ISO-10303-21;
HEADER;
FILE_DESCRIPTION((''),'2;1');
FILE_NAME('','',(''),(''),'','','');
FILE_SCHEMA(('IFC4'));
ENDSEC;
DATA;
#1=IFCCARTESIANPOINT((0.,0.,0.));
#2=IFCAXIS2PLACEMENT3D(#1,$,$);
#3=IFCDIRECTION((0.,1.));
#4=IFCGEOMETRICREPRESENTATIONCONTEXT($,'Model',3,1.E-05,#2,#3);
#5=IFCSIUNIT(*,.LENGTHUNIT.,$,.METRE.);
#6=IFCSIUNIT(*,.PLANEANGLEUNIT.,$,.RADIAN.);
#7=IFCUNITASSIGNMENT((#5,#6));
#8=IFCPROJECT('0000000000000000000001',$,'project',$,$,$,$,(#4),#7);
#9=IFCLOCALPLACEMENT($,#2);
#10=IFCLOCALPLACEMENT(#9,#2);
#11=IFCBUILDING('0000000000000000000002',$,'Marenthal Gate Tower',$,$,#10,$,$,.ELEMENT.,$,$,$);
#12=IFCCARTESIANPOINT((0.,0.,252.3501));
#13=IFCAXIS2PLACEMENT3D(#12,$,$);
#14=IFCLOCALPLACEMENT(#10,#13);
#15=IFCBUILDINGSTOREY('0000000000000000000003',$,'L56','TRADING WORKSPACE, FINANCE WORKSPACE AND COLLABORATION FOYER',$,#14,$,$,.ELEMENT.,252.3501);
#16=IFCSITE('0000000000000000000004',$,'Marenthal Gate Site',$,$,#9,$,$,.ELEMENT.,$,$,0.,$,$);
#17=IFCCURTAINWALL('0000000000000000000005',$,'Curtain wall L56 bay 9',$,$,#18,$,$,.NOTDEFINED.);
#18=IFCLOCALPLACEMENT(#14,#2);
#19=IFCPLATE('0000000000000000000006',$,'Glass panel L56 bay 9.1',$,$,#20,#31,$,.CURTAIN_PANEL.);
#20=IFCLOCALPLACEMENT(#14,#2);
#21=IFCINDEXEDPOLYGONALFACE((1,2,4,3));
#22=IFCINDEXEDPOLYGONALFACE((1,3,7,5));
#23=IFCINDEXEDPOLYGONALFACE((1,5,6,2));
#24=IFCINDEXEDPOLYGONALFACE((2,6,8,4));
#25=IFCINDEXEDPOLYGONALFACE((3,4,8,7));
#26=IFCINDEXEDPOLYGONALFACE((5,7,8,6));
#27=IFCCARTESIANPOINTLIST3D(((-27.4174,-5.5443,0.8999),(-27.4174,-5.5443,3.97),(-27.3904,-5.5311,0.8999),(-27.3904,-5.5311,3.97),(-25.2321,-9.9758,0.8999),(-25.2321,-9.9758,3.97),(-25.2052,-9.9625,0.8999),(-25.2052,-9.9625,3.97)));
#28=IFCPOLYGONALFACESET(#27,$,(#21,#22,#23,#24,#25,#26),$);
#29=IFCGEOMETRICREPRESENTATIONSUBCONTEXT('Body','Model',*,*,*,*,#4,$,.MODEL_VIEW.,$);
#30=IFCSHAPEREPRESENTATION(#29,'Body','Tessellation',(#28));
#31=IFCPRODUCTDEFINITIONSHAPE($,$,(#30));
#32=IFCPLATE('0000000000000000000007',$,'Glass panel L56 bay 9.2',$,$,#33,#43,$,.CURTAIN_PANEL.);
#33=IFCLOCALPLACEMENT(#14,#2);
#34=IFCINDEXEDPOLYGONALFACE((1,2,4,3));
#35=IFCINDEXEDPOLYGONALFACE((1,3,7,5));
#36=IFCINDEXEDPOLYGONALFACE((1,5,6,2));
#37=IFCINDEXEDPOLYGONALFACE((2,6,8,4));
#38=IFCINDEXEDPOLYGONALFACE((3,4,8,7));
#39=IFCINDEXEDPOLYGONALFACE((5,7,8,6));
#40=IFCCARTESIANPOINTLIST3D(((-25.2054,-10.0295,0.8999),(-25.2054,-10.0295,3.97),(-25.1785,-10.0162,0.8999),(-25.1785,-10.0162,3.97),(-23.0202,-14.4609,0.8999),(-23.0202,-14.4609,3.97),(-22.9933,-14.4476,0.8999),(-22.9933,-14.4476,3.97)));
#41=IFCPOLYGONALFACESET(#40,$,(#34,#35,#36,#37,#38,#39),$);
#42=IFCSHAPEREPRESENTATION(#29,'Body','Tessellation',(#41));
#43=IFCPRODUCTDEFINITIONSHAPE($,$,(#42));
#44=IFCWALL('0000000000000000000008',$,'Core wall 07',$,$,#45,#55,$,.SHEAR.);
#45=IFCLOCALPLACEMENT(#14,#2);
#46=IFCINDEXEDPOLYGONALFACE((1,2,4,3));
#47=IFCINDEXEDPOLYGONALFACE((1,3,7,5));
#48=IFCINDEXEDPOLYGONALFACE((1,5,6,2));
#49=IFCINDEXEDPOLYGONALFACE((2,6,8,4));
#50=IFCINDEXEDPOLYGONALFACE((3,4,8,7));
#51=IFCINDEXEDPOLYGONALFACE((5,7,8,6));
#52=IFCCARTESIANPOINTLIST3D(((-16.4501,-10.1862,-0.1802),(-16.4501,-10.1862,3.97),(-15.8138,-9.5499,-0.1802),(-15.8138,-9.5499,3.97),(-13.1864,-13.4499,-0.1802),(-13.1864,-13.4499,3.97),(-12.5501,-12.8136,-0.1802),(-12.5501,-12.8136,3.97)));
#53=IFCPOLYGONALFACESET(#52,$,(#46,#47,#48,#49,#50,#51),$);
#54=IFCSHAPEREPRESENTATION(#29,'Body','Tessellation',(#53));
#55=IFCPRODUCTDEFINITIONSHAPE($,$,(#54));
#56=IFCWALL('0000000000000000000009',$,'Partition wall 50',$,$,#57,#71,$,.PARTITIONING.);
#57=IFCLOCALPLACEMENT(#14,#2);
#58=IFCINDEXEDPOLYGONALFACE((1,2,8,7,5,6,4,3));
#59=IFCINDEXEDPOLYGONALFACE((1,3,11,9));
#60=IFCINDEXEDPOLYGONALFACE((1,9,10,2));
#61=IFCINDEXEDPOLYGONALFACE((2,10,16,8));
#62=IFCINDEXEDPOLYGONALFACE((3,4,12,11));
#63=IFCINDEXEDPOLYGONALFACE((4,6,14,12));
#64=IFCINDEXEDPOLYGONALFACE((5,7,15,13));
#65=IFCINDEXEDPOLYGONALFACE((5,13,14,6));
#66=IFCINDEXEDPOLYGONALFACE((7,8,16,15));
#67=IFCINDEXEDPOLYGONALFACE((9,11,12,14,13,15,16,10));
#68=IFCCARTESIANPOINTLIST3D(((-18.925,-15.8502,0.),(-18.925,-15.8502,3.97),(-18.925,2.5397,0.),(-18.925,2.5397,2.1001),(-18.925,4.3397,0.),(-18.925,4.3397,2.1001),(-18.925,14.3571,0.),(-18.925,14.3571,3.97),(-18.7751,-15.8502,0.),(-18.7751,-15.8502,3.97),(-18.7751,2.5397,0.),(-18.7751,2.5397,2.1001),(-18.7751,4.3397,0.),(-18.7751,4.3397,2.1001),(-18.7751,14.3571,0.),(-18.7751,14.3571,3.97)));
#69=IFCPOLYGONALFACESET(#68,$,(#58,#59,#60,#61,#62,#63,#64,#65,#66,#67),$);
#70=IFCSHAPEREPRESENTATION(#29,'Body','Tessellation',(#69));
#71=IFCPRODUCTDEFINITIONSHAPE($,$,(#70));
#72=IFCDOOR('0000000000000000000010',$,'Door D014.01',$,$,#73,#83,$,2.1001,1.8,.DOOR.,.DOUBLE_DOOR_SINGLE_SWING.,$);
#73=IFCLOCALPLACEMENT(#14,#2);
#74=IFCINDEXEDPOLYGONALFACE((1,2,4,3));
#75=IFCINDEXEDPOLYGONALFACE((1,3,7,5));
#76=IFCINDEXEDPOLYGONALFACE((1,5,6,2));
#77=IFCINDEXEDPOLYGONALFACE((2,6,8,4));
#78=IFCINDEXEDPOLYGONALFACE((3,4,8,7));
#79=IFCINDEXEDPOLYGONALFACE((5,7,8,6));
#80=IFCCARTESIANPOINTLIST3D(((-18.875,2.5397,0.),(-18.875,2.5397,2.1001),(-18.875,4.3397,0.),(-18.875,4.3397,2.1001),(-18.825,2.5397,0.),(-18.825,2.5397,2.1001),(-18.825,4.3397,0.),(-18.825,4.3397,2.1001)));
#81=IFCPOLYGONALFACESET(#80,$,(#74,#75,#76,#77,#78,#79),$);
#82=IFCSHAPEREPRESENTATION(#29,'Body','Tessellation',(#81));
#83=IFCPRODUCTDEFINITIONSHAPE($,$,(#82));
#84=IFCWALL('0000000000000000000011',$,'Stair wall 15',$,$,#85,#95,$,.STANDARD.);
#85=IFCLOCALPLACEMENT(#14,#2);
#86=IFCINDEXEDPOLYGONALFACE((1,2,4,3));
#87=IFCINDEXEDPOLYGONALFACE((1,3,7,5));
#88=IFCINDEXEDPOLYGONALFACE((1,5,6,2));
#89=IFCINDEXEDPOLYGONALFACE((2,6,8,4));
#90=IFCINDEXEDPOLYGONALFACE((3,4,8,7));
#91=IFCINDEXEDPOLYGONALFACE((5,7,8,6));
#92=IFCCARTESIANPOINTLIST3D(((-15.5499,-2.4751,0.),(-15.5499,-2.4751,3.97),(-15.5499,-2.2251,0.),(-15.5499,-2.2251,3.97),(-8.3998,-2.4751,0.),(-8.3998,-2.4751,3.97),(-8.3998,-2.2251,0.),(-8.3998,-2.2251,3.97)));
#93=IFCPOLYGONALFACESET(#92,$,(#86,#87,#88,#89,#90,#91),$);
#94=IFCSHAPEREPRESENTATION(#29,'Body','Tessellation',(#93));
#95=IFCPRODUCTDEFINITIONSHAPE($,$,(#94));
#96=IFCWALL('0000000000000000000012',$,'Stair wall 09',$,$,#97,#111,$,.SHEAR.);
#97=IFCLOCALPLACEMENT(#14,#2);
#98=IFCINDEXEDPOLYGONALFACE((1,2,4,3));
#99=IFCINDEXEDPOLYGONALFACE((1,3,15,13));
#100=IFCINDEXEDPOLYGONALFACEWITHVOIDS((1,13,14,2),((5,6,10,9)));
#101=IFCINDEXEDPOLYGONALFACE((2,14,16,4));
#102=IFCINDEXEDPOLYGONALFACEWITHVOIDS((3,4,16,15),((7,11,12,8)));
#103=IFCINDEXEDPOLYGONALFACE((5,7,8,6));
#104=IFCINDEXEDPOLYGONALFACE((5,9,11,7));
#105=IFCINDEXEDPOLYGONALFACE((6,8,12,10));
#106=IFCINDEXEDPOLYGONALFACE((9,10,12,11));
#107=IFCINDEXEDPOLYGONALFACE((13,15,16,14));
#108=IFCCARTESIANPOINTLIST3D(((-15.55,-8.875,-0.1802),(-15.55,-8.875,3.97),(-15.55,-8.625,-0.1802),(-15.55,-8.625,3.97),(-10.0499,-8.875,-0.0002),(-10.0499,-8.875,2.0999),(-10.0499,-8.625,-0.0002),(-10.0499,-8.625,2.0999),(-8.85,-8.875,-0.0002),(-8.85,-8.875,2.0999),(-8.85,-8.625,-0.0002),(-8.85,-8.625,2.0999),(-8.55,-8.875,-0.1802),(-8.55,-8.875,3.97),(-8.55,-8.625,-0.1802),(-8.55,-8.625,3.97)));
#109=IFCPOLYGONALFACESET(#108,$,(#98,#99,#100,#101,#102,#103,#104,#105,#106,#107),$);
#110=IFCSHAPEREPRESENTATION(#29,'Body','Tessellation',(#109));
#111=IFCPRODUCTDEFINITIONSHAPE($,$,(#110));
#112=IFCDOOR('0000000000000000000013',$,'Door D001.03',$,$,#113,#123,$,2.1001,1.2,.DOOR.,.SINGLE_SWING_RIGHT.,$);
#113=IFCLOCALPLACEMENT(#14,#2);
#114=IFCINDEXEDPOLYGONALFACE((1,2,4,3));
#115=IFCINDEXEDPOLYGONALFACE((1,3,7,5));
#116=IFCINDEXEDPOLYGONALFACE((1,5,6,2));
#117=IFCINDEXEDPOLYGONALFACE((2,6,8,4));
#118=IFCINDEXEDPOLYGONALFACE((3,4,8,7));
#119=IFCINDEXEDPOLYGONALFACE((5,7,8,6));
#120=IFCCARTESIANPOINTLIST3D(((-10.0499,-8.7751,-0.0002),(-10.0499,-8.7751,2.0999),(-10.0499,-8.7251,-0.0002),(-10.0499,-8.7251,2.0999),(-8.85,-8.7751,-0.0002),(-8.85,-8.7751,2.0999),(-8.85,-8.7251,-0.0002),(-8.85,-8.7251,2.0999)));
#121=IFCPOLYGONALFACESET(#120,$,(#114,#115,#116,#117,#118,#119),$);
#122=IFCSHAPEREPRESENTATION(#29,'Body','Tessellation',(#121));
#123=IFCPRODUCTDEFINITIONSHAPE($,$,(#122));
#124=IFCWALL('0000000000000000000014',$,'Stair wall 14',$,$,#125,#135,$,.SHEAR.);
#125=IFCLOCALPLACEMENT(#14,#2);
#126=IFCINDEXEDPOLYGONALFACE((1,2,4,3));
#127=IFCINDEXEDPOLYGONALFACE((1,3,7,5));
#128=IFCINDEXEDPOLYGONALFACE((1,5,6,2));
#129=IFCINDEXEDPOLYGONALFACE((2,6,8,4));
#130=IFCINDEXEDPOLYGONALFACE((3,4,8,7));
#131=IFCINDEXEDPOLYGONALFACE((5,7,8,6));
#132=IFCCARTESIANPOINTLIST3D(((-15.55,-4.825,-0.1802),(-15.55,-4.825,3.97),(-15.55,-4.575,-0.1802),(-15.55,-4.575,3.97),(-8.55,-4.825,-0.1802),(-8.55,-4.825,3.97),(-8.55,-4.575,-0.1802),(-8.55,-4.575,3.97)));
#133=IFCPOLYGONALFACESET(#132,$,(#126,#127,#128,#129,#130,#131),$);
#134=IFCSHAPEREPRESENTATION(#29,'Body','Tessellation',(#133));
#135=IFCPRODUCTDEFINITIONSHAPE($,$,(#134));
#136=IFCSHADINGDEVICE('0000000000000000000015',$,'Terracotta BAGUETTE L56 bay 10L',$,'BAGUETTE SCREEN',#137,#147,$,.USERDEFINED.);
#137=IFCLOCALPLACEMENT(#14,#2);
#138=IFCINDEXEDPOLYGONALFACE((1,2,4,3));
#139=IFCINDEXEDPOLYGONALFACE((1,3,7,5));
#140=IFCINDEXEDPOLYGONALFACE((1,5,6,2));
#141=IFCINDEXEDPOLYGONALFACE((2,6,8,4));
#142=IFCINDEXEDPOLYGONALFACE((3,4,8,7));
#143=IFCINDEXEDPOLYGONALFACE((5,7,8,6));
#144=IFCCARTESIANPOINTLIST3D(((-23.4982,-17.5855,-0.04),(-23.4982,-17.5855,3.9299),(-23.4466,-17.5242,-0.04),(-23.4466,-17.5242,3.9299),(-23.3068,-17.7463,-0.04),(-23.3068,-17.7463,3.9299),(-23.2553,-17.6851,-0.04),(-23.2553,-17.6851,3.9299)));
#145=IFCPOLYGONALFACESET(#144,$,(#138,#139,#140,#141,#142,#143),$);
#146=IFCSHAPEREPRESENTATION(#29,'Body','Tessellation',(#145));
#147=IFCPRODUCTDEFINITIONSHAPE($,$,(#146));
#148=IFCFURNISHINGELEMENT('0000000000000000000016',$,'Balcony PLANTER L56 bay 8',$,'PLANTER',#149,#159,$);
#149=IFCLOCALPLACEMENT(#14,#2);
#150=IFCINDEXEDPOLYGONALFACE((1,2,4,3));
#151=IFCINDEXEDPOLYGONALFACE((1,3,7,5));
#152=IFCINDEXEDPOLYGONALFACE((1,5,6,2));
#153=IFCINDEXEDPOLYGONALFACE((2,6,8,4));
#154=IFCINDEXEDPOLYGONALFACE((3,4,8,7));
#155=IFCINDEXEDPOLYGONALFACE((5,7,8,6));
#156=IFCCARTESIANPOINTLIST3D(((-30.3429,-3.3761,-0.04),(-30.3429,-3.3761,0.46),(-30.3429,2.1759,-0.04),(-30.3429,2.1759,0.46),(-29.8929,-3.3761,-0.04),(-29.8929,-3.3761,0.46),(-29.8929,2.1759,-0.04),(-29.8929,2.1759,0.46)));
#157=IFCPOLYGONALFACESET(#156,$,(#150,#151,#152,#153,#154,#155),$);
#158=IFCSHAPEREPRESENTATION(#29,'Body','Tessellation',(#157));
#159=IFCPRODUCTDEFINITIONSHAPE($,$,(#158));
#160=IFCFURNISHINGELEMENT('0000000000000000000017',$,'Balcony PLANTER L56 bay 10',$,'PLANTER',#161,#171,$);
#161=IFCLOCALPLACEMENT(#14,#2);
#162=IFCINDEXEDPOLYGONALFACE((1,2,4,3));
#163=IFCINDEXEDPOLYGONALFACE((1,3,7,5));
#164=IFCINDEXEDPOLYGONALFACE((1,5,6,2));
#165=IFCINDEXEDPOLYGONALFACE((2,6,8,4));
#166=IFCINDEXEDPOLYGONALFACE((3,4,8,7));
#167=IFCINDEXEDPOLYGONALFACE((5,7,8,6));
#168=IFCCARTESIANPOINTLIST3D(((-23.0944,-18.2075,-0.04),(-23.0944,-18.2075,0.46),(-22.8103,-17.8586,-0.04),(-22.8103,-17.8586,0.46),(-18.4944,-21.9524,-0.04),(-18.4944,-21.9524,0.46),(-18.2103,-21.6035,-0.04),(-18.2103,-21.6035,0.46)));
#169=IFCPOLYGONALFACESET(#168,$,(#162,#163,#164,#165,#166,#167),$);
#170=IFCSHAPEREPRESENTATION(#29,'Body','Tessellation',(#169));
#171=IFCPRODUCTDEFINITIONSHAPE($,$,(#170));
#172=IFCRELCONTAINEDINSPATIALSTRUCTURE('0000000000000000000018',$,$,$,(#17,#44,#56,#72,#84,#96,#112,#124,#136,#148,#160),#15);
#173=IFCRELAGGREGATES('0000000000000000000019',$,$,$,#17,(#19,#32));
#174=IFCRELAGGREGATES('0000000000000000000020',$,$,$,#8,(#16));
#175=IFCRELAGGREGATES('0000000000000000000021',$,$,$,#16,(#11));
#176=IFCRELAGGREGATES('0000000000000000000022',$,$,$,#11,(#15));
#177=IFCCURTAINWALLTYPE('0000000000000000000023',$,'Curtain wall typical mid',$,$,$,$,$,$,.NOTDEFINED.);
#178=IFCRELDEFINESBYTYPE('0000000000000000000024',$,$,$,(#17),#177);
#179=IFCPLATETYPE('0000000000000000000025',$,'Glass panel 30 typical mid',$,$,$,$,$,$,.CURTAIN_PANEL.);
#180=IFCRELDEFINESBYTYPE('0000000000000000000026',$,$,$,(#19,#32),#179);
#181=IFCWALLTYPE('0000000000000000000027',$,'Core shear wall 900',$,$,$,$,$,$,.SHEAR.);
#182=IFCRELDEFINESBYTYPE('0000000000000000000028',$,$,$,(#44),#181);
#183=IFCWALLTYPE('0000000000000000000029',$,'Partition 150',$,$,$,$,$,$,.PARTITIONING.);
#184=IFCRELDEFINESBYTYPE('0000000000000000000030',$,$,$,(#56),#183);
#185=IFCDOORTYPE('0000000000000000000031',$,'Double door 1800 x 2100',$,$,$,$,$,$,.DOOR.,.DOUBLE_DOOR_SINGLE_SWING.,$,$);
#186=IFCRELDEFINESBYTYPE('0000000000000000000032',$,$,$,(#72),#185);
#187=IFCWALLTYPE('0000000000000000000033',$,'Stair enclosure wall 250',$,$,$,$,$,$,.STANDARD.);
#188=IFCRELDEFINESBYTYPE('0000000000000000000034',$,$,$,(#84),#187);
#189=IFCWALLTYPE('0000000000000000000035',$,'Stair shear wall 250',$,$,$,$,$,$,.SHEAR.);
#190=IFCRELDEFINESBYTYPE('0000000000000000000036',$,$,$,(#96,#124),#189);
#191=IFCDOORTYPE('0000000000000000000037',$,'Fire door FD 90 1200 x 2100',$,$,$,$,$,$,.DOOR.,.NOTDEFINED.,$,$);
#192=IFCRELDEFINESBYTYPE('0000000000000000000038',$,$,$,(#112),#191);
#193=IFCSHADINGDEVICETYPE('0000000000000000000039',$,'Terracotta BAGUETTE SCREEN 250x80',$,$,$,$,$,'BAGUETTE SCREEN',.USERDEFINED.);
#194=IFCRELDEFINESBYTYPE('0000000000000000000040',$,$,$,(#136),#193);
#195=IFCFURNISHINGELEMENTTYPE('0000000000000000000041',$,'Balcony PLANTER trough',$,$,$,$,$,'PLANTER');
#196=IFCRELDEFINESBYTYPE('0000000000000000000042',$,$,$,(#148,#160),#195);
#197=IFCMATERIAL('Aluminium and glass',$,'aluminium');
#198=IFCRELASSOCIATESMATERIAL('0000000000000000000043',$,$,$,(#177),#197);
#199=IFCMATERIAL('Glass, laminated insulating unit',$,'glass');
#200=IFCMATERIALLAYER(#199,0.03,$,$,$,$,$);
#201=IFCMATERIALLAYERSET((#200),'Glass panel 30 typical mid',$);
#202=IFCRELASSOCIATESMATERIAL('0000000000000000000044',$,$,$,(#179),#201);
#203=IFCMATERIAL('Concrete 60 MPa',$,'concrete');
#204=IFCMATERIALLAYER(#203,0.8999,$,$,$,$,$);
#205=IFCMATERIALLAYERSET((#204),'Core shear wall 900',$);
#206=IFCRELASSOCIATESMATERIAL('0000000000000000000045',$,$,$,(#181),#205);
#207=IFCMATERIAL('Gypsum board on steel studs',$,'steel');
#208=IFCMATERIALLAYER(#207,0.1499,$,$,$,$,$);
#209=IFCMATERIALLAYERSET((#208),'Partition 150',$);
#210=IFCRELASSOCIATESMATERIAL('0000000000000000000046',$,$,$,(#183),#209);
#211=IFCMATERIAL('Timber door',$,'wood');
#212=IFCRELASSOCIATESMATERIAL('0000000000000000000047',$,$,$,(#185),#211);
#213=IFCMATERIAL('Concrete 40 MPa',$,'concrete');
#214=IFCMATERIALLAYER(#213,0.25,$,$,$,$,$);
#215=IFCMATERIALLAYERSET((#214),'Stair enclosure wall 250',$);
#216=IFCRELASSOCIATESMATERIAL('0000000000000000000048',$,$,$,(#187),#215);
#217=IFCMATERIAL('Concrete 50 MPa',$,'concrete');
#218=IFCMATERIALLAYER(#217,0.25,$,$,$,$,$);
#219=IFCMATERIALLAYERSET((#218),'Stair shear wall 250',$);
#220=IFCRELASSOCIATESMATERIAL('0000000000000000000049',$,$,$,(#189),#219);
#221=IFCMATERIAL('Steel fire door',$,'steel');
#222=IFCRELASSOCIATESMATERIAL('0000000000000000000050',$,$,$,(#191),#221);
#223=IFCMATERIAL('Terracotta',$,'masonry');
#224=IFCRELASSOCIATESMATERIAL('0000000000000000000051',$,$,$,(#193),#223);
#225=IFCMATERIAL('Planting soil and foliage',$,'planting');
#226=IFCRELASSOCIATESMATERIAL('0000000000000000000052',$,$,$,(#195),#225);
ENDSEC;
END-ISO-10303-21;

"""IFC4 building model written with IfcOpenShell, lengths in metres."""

from ifc_helpers import new_model, si_unit, direction, frame, frame_2d, origin, origin_2d, place, context, subcontext, project, spatial, rectangle, extrude, material, layer, layer_set, material_profile, profile_set, type_object, element, fill, aggregate, save


model = new_model("IFC4")

# Units and contexts
model_context = context("Model", 3, precision=1e-05, world=origin(), true_north=direction((0.0, 1.0)))
body_context = subcontext(model_context, "Body", "Model", "MODEL_VIEW")
ifc_project = project(units=[si_unit("LENGTHUNIT", "METRE"), si_unit("PLANEANGLEUNIT", "RADIAN")], contexts=[model_context])

# Site, building, storey
site_placement = place(None, origin())
site = spatial("IfcSite", under=ifc_project, at=site_placement, Name="Marenthal Gate Site", CompositionType="ELEMENT", RefElevation=0.0)
building_placement = place(site_placement, origin())
building = spatial("IfcBuilding", under=site, at=building_placement, Name="Marenthal Gate Tower", CompositionType="ELEMENT")
storey_placement = place(building_placement, frame((0.0, 0.0, 252.3501)))
storey = spatial("IfcBuildingStorey", under=building, at=storey_placement, Name="L56", Description="TRADING WORKSPACE, FINANCE WORKSPACE AND COLLABORATION FOYER", CompositionType="ELEMENT", Elevation=252.3501)

# Curtain wall
ifc_material_1 = material(Name="Aluminium and glass", Category="aluminium")
curtain_wall_type = type_object("IfcCurtainWallType", Name="Curtain wall typical mid", PredefinedType="NOTDEFINED", material=ifc_material_1)
curtain_wall_1_placement = place(storey_placement, origin())
curtain_wall_1 = element("IfcCurtainWall", 1, at=curtain_wall_1_placement, inside=storey, type_object=curtain_wall_type, Name="Curtain wall L56 bay 9", PredefinedType="NOTDEFINED")

# Plates
ifc_material_2 = material(Name="Glass, laminated insulating unit", Category="glass")
ifc_layer_1 = layer(ifc_material_2, 0.03)
ifc_layer_set_1 = layer_set([ifc_layer_1], Name="Glass panel 30 typical mid")
plate_type = type_object("IfcPlateType", Name="Glass panel 30 typical mid", PredefinedType="CURTAIN_PANEL", material=ifc_layer_set_1)
plate_1_placement = place(storey_placement, frame((-26.3113, -7.7534, 0.8999), z_axis=(0.0, 0.0, 1.0), x_axis=(0.442269, -0.896882, 0.0)))
plate_1 = element("IfcPlate", 2, at=plate_1_placement, type_object=plate_type, Name="Glass panel L56 bay 9.1", PredefinedType="CURTAIN_PANEL", context=body_context, shape_type="SweptSolid", body=[
    extrude(rectangle(XDim=4.9409, YDim=0.03, at=origin_2d()), origin(), (0.0, 0.0, 1.0), 3.0701),
])
plate_2_placement = place(storey_placement, frame((-24.0994, -12.2385, 0.8999), z_axis=(0.0, 0.0, 1.0), x_axis=(0.442269, -0.896882, 0.0)))
plate_2 = element("IfcPlate", 3, at=plate_2_placement, type_object=plate_type, Name="Glass panel L56 bay 9.2", PredefinedType="CURTAIN_PANEL", context=body_context, shape_type="SweptSolid", body=[
    extrude(rectangle(XDim=4.9409, YDim=0.03, at=origin_2d()), origin(), (0.0, 0.0, 1.0), 3.0701),
])
aggregate(curtain_wall_1, [plate_1, plate_2])

# Wall
ifc_material_3 = material(Name="Concrete 60 MPa", Category="concrete")
ifc_layer_2 = layer(ifc_material_3, 0.8999)
ifc_layer_set_2 = layer_set([ifc_layer_2], Name="Core shear wall 900")
wall_type_1 = type_object("IfcWallType", Name="Core shear wall 900", PredefinedType="SHEAR", material=ifc_layer_set_2)
wall_1_placement = place(storey_placement, frame((-16.1318, -9.8682, -0.1802), z_axis=(0.0, 0.0, 1.0), x_axis=(0.707107, -0.707107, 0.0)))
element("IfcWall", 4, at=wall_1_placement, inside=storey, type_object=wall_type_1, Name="Core wall 07", PredefinedType="SHEAR", context=body_context, shape_type="SweptSolid", body=[
    extrude(rectangle(XDim=4.6155, YDim=0.8999, at=frame_2d((2.3076, 0.0))), origin(), (0.0, 0.0, 1.0), 4.1501),
])

# Wall, opening, door
ifc_material_4 = material(Name="Gypsum board on steel studs", Category="steel")
ifc_layer_3 = layer(ifc_material_4, 0.1499)
ifc_layer_set_3 = layer_set([ifc_layer_3], Name="Partition 150")
wall_type_2 = type_object("IfcWallType", Name="Partition 150", PredefinedType="PARTITIONING", material=ifc_layer_set_3)
wall_2_placement = place(storey_placement, frame((-18.8501, -15.8501, 0.0), z_axis=(0.0, 0.0, 1.0), x_axis=(0.0, 1.0, 0.0)))
wall_2 = element("IfcWall", 5, at=wall_2_placement, inside=storey, type_object=wall_type_2, Name="Partition wall 50", PredefinedType="PARTITIONING", context=body_context, shape_type="SweptSolid", body=[
    extrude(rectangle(XDim=30.2073, YDim=0.1499, at=frame_2d((15.1035, 0.0))), origin(), (0.0, 0.0, 1.0), 3.97),
])
opening_1_placement = place(wall_2_placement, frame((18.3899, 0.0, 0.0)))
opening_1 = element("IfcOpeningElement", 6, at=opening_1_placement, cuts=wall_2, PredefinedType="OPENING", context=body_context, shape_type="SweptSolid", body=[
    extrude(rectangle(XDim=1.8, YDim=2.1001, at=frame_2d((0.8999, 1.05))), frame((0.0, 0.085, 0.0), z_axis=(0.0, -1.0, 0.0), x_axis=(1.0, 0.0, 0.0)), (0.0, 0.0, 1.0), 0.1699),
])
ifc_material_5 = material(Name="Timber door", Category="wood")
door_type_1 = type_object("IfcDoorType", Name="Double door 1800 x 2100", OperationType="DOUBLE_DOOR_SINGLE_SWING", PredefinedType="DOOR", material=ifc_material_5)
door_1_placement = place(opening_1_placement, origin())
door_1 = element("IfcDoor", 7, at=door_1_placement, inside=storey, type_object=door_type_1, Name="Door D014.01", OperationType="DOUBLE_DOOR_SINGLE_SWING", OverallHeight=2.1001, OverallWidth=1.8, PredefinedType="DOOR", context=body_context, shape_type="SweptSolid", body=[
    extrude(rectangle(XDim=1.8, YDim=2.1001, at=frame_2d((0.8999, 1.05))), frame((0.0, 0.0249, 0.0), z_axis=(0.0, -1.0, 0.0), x_axis=(1.0, 0.0, 0.0)), (0.0, 0.0, 1.0), 0.05),
])
fill(opening_1, door_1)

# Wall
ifc_material_6 = material(Name="Concrete 40 MPa", Category="concrete")
ifc_layer_4 = layer(ifc_material_6, 0.25)
ifc_layer_set_4 = layer_set([ifc_layer_4], Name="Stair enclosure wall 250")
wall_type_3 = type_object("IfcWallType", Name="Stair enclosure wall 250", PredefinedType="STANDARD", material=ifc_layer_set_4)
wall_3_placement = place(storey_placement, frame((-15.55, -2.3501, 0.0), z_axis=(0.0, 0.0, 1.0), x_axis=(1.0, 0.0, 0.0)))
element("IfcWall", 8, at=wall_3_placement, inside=storey, type_object=wall_type_3, Name="Stair wall 15", PredefinedType="STANDARD", context=body_context, shape_type="SweptSolid", body=[
    extrude(rectangle(XDim=7.1501, YDim=0.25, at=frame_2d((3.5752, 0.0))), origin(), (0.0, 0.0, 1.0), 3.97),
])

# Wall, opening, door
ifc_material_7 = material(Name="Concrete 50 MPa", Category="concrete")
ifc_layer_5 = layer(ifc_material_7, 0.25)
ifc_layer_set_5 = layer_set([ifc_layer_5], Name="Stair shear wall 250")
wall_type_4 = type_object("IfcWallType", Name="Stair shear wall 250", PredefinedType="SHEAR", material=ifc_layer_set_5)
wall_4_placement = place(storey_placement, frame((-15.55, -8.75, -0.1802), z_axis=(0.0, 0.0, 1.0), x_axis=(1.0, 0.0, 0.0)))
wall_4 = element("IfcWall", 9, at=wall_4_placement, inside=storey, type_object=wall_type_4, Name="Stair wall 09", PredefinedType="SHEAR", context=body_context, shape_type="SweptSolid", body=[
    extrude(rectangle(XDim=7.0, YDim=0.25, at=frame_2d((3.5, 0.0))), origin(), (0.0, 0.0, 1.0), 4.1501),
])
opening_2_placement = place(wall_4_placement, frame((5.5, 0.0, 0.1799)))
opening_2 = element("IfcOpeningElement", 10, at=opening_2_placement, cuts=wall_4, PredefinedType="OPENING", context=body_context, shape_type="SweptSolid", body=[
    extrude(rectangle(XDim=1.2, YDim=2.1001, at=frame_2d((0.6001, 1.05))), frame((0.0, 0.135, 0.0), z_axis=(0.0, -1.0, 0.0), x_axis=(1.0, 0.0, 0.0)), (0.0, 0.0, 1.0), 0.27),
])
ifc_material_8 = material(Name="Steel fire door", Category="steel")
door_type_2 = type_object("IfcDoorType", Name="Fire door FD 90 1200 x 2100", OperationType="NOTDEFINED", PredefinedType="DOOR", material=ifc_material_8)
door_2_placement = place(opening_2_placement, origin())
door_2 = element("IfcDoor", 11, at=door_2_placement, inside=storey, type_object=door_type_2, Name="Door D001.03", OperationType="SINGLE_SWING_RIGHT", OverallHeight=2.1001, OverallWidth=1.2, PredefinedType="DOOR", context=body_context, shape_type="SweptSolid", body=[
    extrude(rectangle(XDim=1.2, YDim=2.1001, at=frame_2d((0.6001, 1.05))), frame((0.0, 0.0249, 0.0), z_axis=(0.0, -1.0, 0.0), x_axis=(1.0, 0.0, 0.0)), (0.0, 0.0, 1.0), 0.05),
])
fill(opening_2, door_2)

# Wall
wall_5_placement = place(storey_placement, frame((-15.55, -4.7, -0.1802), z_axis=(0.0, 0.0, 1.0), x_axis=(1.0, 0.0, 0.0)))
element("IfcWall", 12, at=wall_5_placement, inside=storey, type_object=wall_type_4, Name="Stair wall 14", PredefinedType="SHEAR", context=body_context, shape_type="SweptSolid", body=[
    extrude(rectangle(XDim=7.0, YDim=0.25, at=frame_2d((3.5, 0.0))), origin(), (0.0, 0.0, 1.0), 4.1501),
])

# Shading device
ifc_material_9 = material(Name="Terracotta", Category="masonry")
ifc_material_profile_1 = material_profile(ifc_material_9, rectangle(XDim=0.25, YDim=0.0801, at=origin_2d()), Name="Terracotta baguette 250x80")
ifc_profile_set_1 = profile_set([ifc_material_profile_1], Name="Terracotta")
shading_device_type = type_object("IfcShadingDeviceType", Name="Terracotta BAGUETTE SCREEN 250x80", ElementType="BAGUETTE SCREEN", PredefinedType="USERDEFINED", material=ifc_profile_set_1)
shading_device_placement = place(storey_placement, frame((-23.3767, -17.6353, -0.04), z_axis=(0.0, 0.0, 1.0), x_axis=(0.765398, -0.643557, 0.0)))
element("IfcShadingDevice", 13, at=shading_device_placement, inside=storey, type_object=shading_device_type, Name="Terracotta BAGUETTE L56 bay 10L", ObjectType="BAGUETTE SCREEN", PredefinedType="USERDEFINED", context=body_context, shape_type="SweptSolid", body=[
    extrude(rectangle(XDim=0.25, YDim=0.0801, at=origin_2d()), origin(), (0.0, 0.0, 1.0), 3.97),
])

# Furnishing elements
ifc_material_10 = material(Name="Planting soil and foliage", Category="planting")
furnishing_element_type = type_object("IfcFurnishingElementType", Name="Balcony PLANTER trough", ElementType="PLANTER", material=ifc_material_10)
furnishing_1_placement = place(storey_placement, frame((-30.1179, -0.6001, -0.04), z_axis=(0.0, 0.0, 1.0), x_axis=(0.0, -1.0, 0.0)))
element("IfcFurnishingElement", 14, at=furnishing_1_placement, inside=storey, type_object=furnishing_element_type, Name="Balcony PLANTER L56 bay 8", ObjectType="PLANTER", context=body_context, shape_type="SweptSolid", body=[
    extrude(rectangle(XDim=5.552, YDim=0.45, at=origin_2d()), origin(), (0.0, 0.0, 1.0), 0.5),
])
furnishing_2_placement = place(storey_placement, frame((-20.6523, -19.9055, -0.04), z_axis=(0.0, 0.0, 1.0), x_axis=(0.775505, -0.631342, 0.0)))
element("IfcFurnishingElement", 15, at=furnishing_2_placement, inside=storey, type_object=furnishing_element_type, Name="Balcony PLANTER L56 bay 10", ObjectType="PLANTER", context=body_context, shape_type="SweptSolid", body=[
    extrude(rectangle(XDim=5.9316, YDim=0.45, at=origin_2d()), origin(), (0.0, 0.0, 1.0), 0.5),
])

save(model, "model.ifc")
